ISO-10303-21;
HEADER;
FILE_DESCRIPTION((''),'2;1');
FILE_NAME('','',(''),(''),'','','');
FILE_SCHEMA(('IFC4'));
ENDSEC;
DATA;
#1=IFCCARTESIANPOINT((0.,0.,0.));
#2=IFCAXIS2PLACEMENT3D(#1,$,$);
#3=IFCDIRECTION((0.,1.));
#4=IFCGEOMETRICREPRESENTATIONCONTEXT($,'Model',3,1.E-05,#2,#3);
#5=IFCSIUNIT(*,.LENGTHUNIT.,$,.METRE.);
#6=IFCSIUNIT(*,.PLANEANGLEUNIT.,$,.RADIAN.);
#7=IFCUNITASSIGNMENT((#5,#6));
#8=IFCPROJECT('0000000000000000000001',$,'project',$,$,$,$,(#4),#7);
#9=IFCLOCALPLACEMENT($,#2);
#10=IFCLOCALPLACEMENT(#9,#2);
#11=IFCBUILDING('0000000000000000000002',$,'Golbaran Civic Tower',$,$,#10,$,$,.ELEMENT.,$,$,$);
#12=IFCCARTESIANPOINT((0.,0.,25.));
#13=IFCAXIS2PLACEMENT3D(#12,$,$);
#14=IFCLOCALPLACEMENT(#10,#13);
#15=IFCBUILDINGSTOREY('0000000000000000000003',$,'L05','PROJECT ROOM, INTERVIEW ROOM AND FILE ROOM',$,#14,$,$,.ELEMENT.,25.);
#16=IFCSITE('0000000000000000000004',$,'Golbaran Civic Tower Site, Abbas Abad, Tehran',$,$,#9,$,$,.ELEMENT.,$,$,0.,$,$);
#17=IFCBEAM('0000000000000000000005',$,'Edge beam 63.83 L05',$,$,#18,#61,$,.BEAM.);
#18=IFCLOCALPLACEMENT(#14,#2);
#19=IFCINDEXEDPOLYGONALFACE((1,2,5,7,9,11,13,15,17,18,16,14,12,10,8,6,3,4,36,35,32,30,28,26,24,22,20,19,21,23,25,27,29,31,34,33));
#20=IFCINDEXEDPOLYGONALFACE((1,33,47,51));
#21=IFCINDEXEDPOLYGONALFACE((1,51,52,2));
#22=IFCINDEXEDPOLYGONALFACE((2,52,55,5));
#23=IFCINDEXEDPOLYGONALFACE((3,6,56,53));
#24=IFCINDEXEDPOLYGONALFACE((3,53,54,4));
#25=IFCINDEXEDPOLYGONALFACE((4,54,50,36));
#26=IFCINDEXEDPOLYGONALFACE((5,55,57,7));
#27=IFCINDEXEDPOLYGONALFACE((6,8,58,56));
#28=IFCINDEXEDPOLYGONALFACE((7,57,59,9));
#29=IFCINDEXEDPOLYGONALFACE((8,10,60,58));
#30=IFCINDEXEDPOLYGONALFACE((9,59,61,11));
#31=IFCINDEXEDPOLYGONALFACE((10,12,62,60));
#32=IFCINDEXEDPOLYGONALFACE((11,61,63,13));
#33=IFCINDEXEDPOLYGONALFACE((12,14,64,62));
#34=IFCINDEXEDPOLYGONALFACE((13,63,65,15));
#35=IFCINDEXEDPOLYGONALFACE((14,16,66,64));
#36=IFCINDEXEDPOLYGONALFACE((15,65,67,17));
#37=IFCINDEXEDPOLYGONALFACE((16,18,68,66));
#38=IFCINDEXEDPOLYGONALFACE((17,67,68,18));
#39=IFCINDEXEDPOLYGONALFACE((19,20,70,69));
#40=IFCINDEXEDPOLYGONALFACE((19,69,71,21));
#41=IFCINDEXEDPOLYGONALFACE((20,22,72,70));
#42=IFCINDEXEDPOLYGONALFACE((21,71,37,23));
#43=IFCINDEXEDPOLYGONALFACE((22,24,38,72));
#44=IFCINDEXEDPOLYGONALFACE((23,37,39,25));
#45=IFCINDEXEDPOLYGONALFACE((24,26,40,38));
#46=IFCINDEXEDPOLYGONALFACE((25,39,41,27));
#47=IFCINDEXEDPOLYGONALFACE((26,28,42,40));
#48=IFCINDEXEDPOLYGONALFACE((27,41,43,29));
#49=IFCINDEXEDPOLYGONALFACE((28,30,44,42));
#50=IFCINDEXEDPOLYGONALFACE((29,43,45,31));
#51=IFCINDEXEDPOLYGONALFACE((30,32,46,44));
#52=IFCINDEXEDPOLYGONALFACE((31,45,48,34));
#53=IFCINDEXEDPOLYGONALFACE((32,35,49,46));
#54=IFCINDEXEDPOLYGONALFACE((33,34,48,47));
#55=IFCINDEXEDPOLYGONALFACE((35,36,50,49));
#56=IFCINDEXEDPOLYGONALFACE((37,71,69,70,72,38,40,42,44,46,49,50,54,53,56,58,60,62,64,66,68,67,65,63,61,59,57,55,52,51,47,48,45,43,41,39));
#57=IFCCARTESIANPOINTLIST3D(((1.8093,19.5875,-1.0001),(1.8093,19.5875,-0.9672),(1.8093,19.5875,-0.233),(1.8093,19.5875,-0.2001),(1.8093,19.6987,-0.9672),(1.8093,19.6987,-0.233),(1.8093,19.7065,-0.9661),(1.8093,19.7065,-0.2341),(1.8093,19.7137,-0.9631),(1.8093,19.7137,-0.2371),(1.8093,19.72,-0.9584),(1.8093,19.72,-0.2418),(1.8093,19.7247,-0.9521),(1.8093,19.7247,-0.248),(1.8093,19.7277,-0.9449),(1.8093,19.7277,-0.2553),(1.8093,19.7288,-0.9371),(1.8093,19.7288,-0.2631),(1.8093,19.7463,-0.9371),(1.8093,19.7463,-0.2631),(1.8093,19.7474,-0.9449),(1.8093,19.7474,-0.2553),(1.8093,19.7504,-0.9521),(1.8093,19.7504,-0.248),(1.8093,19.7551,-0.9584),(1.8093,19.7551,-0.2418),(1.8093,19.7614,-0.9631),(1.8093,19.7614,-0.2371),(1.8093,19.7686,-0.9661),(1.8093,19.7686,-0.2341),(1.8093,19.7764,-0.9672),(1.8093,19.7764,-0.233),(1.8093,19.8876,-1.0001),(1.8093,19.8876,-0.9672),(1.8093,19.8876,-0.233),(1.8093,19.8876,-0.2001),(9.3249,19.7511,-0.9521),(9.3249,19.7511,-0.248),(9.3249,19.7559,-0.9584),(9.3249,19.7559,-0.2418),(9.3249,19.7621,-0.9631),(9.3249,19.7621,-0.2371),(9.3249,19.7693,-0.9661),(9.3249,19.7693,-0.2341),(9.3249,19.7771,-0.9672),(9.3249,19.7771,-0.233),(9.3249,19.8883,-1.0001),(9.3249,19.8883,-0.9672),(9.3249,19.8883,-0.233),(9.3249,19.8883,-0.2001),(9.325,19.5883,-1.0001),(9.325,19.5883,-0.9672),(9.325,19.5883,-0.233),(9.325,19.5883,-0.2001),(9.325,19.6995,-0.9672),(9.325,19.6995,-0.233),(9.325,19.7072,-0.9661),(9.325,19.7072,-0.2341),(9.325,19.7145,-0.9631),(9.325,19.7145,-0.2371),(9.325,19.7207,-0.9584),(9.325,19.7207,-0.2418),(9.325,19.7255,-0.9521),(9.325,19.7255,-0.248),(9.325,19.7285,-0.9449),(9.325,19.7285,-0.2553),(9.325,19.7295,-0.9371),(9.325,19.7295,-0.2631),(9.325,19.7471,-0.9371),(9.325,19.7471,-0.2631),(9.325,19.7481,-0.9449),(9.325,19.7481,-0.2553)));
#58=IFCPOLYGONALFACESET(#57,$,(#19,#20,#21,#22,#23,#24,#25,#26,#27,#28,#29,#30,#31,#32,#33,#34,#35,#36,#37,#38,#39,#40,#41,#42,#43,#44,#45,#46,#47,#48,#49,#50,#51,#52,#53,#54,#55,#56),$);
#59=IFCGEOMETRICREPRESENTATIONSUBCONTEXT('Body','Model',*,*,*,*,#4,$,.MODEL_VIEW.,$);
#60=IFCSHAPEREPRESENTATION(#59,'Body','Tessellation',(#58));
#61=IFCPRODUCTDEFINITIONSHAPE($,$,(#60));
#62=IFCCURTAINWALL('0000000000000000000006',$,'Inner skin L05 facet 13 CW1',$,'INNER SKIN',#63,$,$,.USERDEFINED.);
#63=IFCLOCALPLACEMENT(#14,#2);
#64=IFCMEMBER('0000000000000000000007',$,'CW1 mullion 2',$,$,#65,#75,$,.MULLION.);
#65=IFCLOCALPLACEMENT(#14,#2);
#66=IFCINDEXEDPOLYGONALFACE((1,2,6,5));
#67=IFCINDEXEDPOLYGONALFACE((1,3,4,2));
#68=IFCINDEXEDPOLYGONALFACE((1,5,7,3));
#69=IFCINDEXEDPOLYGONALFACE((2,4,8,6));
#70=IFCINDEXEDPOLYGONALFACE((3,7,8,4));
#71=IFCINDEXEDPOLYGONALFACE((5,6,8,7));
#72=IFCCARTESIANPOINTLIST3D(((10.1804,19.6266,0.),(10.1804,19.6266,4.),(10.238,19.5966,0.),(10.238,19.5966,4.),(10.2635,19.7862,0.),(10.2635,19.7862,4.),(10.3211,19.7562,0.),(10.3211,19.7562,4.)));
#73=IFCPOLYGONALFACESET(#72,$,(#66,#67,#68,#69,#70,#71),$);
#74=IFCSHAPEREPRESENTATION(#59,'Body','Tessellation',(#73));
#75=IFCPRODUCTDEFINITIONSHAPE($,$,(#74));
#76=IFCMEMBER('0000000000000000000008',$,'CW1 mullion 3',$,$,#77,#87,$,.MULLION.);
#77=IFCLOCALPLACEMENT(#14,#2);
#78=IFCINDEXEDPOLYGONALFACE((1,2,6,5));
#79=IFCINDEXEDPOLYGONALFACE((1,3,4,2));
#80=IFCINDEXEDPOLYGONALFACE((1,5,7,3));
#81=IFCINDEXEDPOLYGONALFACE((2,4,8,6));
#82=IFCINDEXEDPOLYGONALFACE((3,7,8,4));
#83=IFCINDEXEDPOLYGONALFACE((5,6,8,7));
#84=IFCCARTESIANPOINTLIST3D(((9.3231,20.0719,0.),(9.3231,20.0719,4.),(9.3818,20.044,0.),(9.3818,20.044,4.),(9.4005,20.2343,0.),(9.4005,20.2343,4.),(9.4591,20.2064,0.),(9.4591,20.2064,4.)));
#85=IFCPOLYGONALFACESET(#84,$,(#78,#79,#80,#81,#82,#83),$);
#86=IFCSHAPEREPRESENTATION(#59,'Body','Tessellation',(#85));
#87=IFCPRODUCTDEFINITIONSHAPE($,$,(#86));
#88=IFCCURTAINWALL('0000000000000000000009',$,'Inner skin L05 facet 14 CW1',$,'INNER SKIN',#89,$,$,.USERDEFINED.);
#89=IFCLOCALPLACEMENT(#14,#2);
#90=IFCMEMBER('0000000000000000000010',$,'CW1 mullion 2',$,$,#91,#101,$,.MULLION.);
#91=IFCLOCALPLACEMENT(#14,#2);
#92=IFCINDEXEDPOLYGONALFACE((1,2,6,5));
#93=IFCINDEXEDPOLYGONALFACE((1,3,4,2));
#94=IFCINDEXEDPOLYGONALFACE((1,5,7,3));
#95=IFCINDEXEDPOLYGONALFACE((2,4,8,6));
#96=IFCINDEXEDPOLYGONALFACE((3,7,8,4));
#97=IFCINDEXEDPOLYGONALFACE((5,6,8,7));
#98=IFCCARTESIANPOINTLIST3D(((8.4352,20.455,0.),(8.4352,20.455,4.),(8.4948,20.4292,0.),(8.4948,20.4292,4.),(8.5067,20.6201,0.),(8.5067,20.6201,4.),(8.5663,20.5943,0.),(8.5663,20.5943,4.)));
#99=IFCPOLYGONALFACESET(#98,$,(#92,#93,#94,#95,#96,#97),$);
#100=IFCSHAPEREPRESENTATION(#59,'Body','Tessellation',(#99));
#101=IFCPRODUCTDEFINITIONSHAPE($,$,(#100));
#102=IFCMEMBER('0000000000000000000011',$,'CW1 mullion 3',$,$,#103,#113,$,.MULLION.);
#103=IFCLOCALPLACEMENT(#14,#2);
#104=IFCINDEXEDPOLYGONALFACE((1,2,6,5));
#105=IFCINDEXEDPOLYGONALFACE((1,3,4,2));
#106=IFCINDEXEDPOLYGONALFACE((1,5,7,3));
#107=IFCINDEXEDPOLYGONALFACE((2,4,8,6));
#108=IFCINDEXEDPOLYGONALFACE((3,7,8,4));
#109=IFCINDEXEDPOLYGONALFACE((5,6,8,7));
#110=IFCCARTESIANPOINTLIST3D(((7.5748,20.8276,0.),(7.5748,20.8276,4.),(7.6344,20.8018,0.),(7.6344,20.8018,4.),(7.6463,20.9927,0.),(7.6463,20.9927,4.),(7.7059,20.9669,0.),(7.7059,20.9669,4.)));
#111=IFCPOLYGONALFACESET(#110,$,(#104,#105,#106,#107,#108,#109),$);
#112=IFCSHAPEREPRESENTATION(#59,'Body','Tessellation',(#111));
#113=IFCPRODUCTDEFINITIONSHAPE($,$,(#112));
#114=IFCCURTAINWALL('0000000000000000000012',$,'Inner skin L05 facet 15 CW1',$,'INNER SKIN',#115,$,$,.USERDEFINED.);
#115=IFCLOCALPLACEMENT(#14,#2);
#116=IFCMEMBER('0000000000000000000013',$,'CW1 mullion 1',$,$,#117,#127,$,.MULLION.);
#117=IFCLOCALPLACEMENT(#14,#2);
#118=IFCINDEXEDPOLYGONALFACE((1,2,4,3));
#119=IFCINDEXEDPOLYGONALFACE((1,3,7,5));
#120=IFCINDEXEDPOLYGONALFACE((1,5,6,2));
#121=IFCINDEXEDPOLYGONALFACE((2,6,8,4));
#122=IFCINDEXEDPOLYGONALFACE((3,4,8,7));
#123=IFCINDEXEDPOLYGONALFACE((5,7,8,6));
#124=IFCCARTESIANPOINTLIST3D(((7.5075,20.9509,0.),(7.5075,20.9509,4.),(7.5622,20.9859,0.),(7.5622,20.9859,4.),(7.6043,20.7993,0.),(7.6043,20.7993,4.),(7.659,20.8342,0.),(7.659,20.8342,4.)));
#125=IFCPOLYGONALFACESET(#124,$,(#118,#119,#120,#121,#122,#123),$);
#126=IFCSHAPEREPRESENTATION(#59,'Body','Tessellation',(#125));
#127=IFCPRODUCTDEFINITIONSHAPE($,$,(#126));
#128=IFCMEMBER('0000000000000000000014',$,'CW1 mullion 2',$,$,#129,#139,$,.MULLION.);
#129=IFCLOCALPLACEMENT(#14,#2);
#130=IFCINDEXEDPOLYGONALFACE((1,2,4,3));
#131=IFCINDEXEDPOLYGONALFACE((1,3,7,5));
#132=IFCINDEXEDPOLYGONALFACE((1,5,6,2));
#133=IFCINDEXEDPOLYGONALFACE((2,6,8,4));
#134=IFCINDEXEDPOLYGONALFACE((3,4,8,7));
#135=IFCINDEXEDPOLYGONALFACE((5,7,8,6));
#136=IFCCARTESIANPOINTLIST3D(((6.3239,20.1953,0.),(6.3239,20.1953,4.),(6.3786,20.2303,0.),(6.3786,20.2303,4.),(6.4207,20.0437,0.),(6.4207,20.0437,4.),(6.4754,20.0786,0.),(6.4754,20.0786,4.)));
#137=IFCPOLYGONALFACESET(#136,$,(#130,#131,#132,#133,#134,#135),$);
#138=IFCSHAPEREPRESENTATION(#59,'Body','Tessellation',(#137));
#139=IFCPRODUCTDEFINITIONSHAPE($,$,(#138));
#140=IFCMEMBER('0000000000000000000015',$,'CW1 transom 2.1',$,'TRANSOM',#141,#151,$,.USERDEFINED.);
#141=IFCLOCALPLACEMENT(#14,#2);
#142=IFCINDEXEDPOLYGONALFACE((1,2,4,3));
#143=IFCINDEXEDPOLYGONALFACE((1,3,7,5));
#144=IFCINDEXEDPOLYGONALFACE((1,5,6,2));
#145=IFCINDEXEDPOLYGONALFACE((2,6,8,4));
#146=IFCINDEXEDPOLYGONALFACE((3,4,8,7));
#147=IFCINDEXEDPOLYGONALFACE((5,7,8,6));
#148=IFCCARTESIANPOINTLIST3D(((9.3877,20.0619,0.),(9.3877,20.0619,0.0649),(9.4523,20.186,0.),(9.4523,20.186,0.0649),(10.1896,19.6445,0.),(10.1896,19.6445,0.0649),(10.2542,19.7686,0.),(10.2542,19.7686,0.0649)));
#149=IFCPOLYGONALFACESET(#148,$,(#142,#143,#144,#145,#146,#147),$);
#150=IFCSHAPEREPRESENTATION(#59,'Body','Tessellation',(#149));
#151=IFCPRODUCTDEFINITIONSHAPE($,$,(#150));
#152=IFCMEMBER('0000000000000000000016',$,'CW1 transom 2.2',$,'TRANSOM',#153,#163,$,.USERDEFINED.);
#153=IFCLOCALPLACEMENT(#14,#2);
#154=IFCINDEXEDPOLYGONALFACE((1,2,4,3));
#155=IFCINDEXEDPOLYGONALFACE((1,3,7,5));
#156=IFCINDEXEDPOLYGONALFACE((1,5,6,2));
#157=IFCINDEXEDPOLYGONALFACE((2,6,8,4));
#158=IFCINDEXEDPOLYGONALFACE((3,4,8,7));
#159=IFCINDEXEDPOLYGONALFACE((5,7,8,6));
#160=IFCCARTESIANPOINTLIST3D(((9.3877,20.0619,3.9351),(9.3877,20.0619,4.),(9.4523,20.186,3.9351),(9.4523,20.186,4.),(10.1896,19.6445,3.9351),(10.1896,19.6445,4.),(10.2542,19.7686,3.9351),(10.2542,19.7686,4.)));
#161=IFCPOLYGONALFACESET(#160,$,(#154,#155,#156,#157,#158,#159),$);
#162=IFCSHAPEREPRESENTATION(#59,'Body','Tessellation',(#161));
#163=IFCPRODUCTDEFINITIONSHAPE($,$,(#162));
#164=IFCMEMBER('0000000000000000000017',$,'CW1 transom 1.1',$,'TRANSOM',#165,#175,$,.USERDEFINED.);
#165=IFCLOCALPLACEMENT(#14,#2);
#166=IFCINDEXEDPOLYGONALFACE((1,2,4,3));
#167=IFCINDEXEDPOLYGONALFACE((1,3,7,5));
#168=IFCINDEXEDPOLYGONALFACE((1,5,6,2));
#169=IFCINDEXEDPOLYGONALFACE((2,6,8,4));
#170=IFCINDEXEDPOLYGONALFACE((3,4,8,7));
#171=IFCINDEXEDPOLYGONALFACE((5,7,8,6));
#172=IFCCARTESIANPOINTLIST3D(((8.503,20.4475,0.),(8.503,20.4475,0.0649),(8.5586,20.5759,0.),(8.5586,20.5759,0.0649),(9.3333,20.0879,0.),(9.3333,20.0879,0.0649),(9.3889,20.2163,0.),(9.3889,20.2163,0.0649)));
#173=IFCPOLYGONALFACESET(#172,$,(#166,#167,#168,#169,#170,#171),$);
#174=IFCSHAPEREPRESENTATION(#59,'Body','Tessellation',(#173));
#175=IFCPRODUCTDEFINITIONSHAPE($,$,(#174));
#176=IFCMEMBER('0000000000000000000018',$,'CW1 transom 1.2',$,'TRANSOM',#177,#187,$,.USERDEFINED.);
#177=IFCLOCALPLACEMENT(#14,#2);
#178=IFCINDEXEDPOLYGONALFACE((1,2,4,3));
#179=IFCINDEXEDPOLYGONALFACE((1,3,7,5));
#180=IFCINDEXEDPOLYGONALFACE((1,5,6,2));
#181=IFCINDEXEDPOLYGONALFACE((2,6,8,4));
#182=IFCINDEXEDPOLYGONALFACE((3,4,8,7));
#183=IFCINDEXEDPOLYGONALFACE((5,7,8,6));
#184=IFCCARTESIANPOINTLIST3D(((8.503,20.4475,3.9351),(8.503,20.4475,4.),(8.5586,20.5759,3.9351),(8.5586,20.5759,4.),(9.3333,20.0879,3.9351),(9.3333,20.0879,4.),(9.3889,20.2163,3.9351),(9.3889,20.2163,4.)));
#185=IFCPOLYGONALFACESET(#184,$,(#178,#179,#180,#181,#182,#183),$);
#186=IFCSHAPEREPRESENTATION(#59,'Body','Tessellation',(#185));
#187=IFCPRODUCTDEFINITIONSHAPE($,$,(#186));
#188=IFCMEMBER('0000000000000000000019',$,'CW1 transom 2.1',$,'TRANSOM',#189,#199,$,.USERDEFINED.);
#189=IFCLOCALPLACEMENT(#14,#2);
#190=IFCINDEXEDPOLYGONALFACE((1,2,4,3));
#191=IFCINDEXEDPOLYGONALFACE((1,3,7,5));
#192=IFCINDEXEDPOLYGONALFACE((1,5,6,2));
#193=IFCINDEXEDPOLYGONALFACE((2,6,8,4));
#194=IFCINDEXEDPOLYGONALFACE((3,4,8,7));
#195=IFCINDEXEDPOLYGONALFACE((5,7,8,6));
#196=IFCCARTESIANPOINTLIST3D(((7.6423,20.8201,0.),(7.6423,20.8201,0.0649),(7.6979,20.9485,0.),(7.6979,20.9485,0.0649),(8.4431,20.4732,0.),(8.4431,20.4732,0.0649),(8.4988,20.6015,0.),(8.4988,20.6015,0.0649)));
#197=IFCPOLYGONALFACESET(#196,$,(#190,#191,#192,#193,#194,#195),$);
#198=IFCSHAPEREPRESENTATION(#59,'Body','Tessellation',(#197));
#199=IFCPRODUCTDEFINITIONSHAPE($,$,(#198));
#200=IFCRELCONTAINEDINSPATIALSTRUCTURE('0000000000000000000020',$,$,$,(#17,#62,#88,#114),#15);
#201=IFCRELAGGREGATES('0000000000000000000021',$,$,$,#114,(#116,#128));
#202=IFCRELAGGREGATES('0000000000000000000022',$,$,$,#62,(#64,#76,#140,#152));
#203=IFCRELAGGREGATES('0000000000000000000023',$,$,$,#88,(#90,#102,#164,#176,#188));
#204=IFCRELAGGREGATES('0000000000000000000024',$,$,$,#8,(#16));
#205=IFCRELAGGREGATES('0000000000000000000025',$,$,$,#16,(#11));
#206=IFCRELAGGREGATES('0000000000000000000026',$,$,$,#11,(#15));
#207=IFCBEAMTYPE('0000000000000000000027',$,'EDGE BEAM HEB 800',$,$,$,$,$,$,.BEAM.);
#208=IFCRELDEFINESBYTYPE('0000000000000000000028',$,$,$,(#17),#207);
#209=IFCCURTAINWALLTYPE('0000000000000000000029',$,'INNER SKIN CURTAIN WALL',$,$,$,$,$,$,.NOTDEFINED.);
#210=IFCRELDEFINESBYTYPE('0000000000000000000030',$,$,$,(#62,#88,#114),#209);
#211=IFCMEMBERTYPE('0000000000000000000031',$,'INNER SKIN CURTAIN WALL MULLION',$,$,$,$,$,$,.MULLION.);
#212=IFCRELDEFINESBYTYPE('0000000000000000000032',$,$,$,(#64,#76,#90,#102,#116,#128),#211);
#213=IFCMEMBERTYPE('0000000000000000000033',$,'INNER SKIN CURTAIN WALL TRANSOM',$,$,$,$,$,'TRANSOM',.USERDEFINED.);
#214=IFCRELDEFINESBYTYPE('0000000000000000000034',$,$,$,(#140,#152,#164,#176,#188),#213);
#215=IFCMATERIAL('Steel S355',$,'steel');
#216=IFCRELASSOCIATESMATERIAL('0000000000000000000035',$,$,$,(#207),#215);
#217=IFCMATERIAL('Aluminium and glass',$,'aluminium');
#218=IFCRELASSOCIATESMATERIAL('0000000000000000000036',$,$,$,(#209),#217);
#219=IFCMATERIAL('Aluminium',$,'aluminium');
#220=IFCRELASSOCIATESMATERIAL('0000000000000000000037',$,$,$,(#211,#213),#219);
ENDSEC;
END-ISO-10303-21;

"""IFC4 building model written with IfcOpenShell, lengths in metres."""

from ifc_helpers import new_model, si_unit, direction, frame, origin, origin_2d, place, context, subcontext, project, spatial, rectangle, i_section, extrude, material, material_profile, profile_set, type_object, element, aggregate, save


model = new_model("IFC4")

# Units and contexts
model_context = context("Model", 3, precision=1e-05, world=origin(), true_north=direction((0.0, 1.0)))
body_context = subcontext(model_context, "Body", "Model", "MODEL_VIEW")
ifc_project = project(units=[si_unit("LENGTHUNIT", "METRE"), si_unit("PLANEANGLEUNIT", "RADIAN")], contexts=[model_context])

# Site, building, storey
site_placement = place(None, origin())
site = spatial("IfcSite", under=ifc_project, at=site_placement, Name="Golbaran Civic Tower Site, Abbas Abad, Tehran", CompositionType="ELEMENT", RefElevation=0.0)
building_placement = place(site_placement, origin())
building = spatial("IfcBuilding", under=site, at=building_placement, Name="Golbaran Civic Tower", CompositionType="ELEMENT")
storey_placement = place(building_placement, frame((0.0, 0.0, 25.0)))
storey = spatial("IfcBuildingStorey", under=building, at=storey_placement, Name="L05", Description="PROJECT ROOM, INTERVIEW ROOM AND FILE ROOM", CompositionType="ELEMENT", Elevation=25.0)

# Beam
ifc_material_1 = material(Name="Steel S355", Category="steel")
ifc_material_profile_1 = material_profile(ifc_material_1, i_section(OverallWidth=0.3, OverallDepth=0.8, WebThickness=0.0176, FlangeThickness=0.033, FilletRadius=0.03, at=origin_2d()), Name="HEB 800")
ifc_profile_set_1 = profile_set([ifc_material_profile_1], Name="Steel S355")
beam_type = type_object("IfcBeamType", Name="EDGE BEAM HEB 800", PredefinedType="BEAM", material=ifc_profile_set_1)
beam_placement = place(storey_placement, frame((9.325, 19.7383, -0.6001), z_axis=(-1.0, -0.000097, 0.0), x_axis=(0.000097, -1.0, 0.0)))
element("IfcBeam", 1, at=beam_placement, inside=storey, type_object=beam_type, Name="Edge beam 63.83 L05", PredefinedType="BEAM", context=body_context, shape_type="SweptSolid", body=[
    extrude(i_section(OverallWidth=0.3, OverallDepth=0.8, WebThickness=0.0176, FlangeThickness=0.033, FilletRadius=0.03, at=origin_2d()), origin(), (0.0, 0.0, 1.0), 7.5156),
])

# Curtain walls, members
ifc_material_2 = material(Name="Aluminium and glass", Category="aluminium")
curtain_wall_type = type_object("IfcCurtainWallType", Name="INNER SKIN CURTAIN WALL", PredefinedType="NOTDEFINED", material=ifc_material_2)
curtain_wall_1_placement = place(storey_placement, origin())
curtain_wall_1 = element("IfcCurtainWall", 2, at=curtain_wall_1_placement, inside=storey, type_object=curtain_wall_type, Name="Inner skin L05 facet 13 CW1", ObjectType="INNER SKIN", PredefinedType="USERDEFINED")
ifc_material_3 = material(Name="Aluminium", Category="aluminium")
ifc_material_profile_2 = material_profile(ifc_material_3, rectangle(XDim=0.1799, YDim=0.0649, at=origin_2d()), Name="INNER SKIN CURTAIN WALL MULLION")
ifc_profile_set_2 = profile_set([ifc_material_profile_2], Name="Aluminium")
member_type_1 = type_object("IfcMemberType", Name="INNER SKIN CURTAIN WALL MULLION", PredefinedType="MULLION", material=ifc_profile_set_2)
member_1_placement = place(storey_placement, frame((10.2507, 19.6914, 0.0), z_axis=(0.0, 0.0, 1.0), x_axis=(-0.461749, -0.887011, 0.0)))
member_1 = element("IfcMember", 3, at=member_1_placement, type_object=member_type_1, Name="CW1 mullion 2", PredefinedType="MULLION", context=body_context, shape_type="SweptSolid", body=[
    extrude(rectangle(XDim=0.1799, YDim=0.0649, at=origin_2d()), origin(), (0.0, 0.0, 1.0), 4.0),
])
member_2_placement = place(storey_placement, frame((9.3911, 20.1392, 0.0), z_axis=(0.0, 0.0, 1.0), x_axis=(-0.429839, -0.902906, 0.0)))
member_2 = element("IfcMember", 4, at=member_2_placement, type_object=member_type_1, Name="CW1 mullion 3", PredefinedType="MULLION", context=body_context, shape_type="SweptSolid", body=[
    extrude(rectangle(XDim=0.1799, YDim=0.0649, at=origin_2d()), origin(), (0.0, 0.0, 1.0), 4.0),
])
curtain_wall_2_placement = place(storey_placement, origin())
curtain_wall_2 = element("IfcCurtainWall", 5, at=curtain_wall_2_placement, inside=storey, type_object=curtain_wall_type, Name="Inner skin L05 facet 14 CW1", ObjectType="INNER SKIN", PredefinedType="USERDEFINED")
member_3_placement = place(storey_placement, frame((8.5007, 20.5247, 0.0), z_axis=(0.0, 0.0, 1.0), x_axis=(-0.397383, -0.917653, 0.0)))
member_3 = element("IfcMember", 6, at=member_3_placement, type_object=member_type_1, Name="CW1 mullion 2", PredefinedType="MULLION", context=body_context, shape_type="SweptSolid", body=[
    extrude(rectangle(XDim=0.1799, YDim=0.0649, at=origin_2d()), origin(), (0.0, 0.0, 1.0), 4.0),
])
member_4_placement = place(storey_placement, frame((7.6404, 20.8972, 0.0), z_axis=(0.0, 0.0, 1.0), x_axis=(-0.397383, -0.917653, 0.0)))
member_4 = element("IfcMember", 7, at=member_4_placement, type_object=member_type_1, Name="CW1 mullion 3", PredefinedType="MULLION", context=body_context, shape_type="SweptSolid", body=[
    extrude(rectangle(XDim=0.1799, YDim=0.0649, at=origin_2d()), origin(), (0.0, 0.0, 1.0), 4.0),
])
curtain_wall_3_placement = place(storey_placement, origin())
curtain_wall_3 = element("IfcCurtainWall", 8, at=curtain_wall_3_placement, inside=storey, type_object=curtain_wall_type, Name="Inner skin L05 facet 15 CW1", ObjectType="INNER SKIN", PredefinedType="USERDEFINED")
member_5_placement = place(storey_placement, frame((7.5833, 20.8926, 0.0), z_axis=(0.0, 0.0, 1.0), x_axis=(0.538063, -0.842904, 0.0)))
member_5 = element("IfcMember", 9, at=member_5_placement, type_object=member_type_1, Name="CW1 mullion 1", PredefinedType="MULLION", context=body_context, shape_type="SweptSolid", body=[
    extrude(rectangle(XDim=0.1799, YDim=0.0649, at=origin_2d()), origin(), (0.0, 0.0, 1.0), 4.0),
])
member_6_placement = place(storey_placement, frame((6.3997, 20.137, 0.0), z_axis=(0.0, 0.0, 1.0), x_axis=(0.538063, -0.842904, 0.0)))
member_6 = element("IfcMember", 10, at=member_6_placement, type_object=member_type_1, Name="CW1 mullion 2", PredefinedType="MULLION", context=body_context, shape_type="SweptSolid", body=[
    extrude(rectangle(XDim=0.1799, YDim=0.0649, at=origin_2d()), origin(), (0.0, 0.0, 1.0), 4.0),
])

# Members
ifc_material_profile_3 = material_profile(ifc_material_3, rectangle(XDim=0.1399, YDim=0.0649, at=origin_2d()), Name="INNER SKIN CURTAIN WALL TRANSOM")
ifc_profile_set_3 = profile_set([ifc_material_profile_3], Name="Aluminium")
member_type_2 = type_object("IfcMemberType", Name="INNER SKIN CURTAIN WALL TRANSOM", ElementType="TRANSOM", PredefinedType="USERDEFINED", material=ifc_profile_set_3)
member_7_placement = place(storey_placement, frame((10.2219, 19.7065, 0.0325), z_axis=(-0.887018, 0.461735, 0.0), x_axis=(-0.461735, -0.887018, 0.0)))
member_7 = element("IfcMember", 11, at=member_7_placement, type_object=member_type_2, Name="CW1 transom 2.1", ObjectType="TRANSOM", PredefinedType="USERDEFINED", context=body_context, shape_type="SweptSolid", body=[
    extrude(rectangle(XDim=0.1399, YDim=0.0649, at=origin_2d()), origin(), (0.0, 0.0, 1.0), 0.9041),
])
member_8_placement = place(storey_placement, frame((10.2219, 19.7065, 3.9675), z_axis=(-0.887018, 0.461735, 0.0), x_axis=(-0.461735, -0.887018, 0.0)))
member_8 = element("IfcMember", 12, at=member_8_placement, type_object=member_type_2, Name="CW1 transom 2.2", ObjectType="TRANSOM", PredefinedType="USERDEFINED", context=body_context, shape_type="SweptSolid", body=[
    extrude(rectangle(XDim=0.1399, YDim=0.0649, at=origin_2d()), origin(), (0.0, 0.0, 1.0), 0.9041),
])
member_9_placement = place(storey_placement, frame((9.3611, 20.1521, 0.0325), z_axis=(-0.917631, 0.397433, 0.0), x_axis=(-0.397433, -0.917631, 0.0)))
member_9 = element("IfcMember", 13, at=member_9_placement, type_object=member_type_2, Name="CW1 transom 1.1", ObjectType="TRANSOM", PredefinedType="USERDEFINED", context=body_context, shape_type="SweptSolid", body=[
    extrude(rectangle(XDim=0.1399, YDim=0.0649, at=origin_2d()), origin(), (0.0, 0.0, 1.0), 0.9048),
])
member_10_placement = place(storey_placement, frame((9.3611, 20.1521, 3.9675), z_axis=(-0.917631, 0.397433, 0.0), x_axis=(-0.397433, -0.917631, 0.0)))
member_10 = element("IfcMember", 14, at=member_10_placement, type_object=member_type_2, Name="CW1 transom 1.2", ObjectType="TRANSOM", PredefinedType="USERDEFINED", context=body_context, shape_type="SweptSolid", body=[
    extrude(rectangle(XDim=0.1399, YDim=0.0649, at=origin_2d()), origin(), (0.0, 0.0, 1.0), 0.9048),
])
member_11_placement = place(storey_placement, frame((8.4709, 20.5374, 0.0325), z_axis=(-0.91759, 0.397529, 0.0), x_axis=(-0.397529, -0.91759, 0.0)))
member_11 = element("IfcMember", 15, at=member_11_placement, type_object=member_type_2, Name="CW1 transom 2.1", ObjectType="TRANSOM", PredefinedType="USERDEFINED", context=body_context, shape_type="SweptSolid", body=[
    extrude(rectangle(XDim=0.1399, YDim=0.0649, at=origin_2d()), origin(), (0.0, 0.0, 1.0), 0.8728),
])

aggregate(curtain_wall_3, [member_5, member_6])
aggregate(curtain_wall_1, [member_1, member_2, member_7, member_8])
aggregate(curtain_wall_2, [member_3, member_4, member_9, member_10, member_11])

save(model, "model.ifc")
